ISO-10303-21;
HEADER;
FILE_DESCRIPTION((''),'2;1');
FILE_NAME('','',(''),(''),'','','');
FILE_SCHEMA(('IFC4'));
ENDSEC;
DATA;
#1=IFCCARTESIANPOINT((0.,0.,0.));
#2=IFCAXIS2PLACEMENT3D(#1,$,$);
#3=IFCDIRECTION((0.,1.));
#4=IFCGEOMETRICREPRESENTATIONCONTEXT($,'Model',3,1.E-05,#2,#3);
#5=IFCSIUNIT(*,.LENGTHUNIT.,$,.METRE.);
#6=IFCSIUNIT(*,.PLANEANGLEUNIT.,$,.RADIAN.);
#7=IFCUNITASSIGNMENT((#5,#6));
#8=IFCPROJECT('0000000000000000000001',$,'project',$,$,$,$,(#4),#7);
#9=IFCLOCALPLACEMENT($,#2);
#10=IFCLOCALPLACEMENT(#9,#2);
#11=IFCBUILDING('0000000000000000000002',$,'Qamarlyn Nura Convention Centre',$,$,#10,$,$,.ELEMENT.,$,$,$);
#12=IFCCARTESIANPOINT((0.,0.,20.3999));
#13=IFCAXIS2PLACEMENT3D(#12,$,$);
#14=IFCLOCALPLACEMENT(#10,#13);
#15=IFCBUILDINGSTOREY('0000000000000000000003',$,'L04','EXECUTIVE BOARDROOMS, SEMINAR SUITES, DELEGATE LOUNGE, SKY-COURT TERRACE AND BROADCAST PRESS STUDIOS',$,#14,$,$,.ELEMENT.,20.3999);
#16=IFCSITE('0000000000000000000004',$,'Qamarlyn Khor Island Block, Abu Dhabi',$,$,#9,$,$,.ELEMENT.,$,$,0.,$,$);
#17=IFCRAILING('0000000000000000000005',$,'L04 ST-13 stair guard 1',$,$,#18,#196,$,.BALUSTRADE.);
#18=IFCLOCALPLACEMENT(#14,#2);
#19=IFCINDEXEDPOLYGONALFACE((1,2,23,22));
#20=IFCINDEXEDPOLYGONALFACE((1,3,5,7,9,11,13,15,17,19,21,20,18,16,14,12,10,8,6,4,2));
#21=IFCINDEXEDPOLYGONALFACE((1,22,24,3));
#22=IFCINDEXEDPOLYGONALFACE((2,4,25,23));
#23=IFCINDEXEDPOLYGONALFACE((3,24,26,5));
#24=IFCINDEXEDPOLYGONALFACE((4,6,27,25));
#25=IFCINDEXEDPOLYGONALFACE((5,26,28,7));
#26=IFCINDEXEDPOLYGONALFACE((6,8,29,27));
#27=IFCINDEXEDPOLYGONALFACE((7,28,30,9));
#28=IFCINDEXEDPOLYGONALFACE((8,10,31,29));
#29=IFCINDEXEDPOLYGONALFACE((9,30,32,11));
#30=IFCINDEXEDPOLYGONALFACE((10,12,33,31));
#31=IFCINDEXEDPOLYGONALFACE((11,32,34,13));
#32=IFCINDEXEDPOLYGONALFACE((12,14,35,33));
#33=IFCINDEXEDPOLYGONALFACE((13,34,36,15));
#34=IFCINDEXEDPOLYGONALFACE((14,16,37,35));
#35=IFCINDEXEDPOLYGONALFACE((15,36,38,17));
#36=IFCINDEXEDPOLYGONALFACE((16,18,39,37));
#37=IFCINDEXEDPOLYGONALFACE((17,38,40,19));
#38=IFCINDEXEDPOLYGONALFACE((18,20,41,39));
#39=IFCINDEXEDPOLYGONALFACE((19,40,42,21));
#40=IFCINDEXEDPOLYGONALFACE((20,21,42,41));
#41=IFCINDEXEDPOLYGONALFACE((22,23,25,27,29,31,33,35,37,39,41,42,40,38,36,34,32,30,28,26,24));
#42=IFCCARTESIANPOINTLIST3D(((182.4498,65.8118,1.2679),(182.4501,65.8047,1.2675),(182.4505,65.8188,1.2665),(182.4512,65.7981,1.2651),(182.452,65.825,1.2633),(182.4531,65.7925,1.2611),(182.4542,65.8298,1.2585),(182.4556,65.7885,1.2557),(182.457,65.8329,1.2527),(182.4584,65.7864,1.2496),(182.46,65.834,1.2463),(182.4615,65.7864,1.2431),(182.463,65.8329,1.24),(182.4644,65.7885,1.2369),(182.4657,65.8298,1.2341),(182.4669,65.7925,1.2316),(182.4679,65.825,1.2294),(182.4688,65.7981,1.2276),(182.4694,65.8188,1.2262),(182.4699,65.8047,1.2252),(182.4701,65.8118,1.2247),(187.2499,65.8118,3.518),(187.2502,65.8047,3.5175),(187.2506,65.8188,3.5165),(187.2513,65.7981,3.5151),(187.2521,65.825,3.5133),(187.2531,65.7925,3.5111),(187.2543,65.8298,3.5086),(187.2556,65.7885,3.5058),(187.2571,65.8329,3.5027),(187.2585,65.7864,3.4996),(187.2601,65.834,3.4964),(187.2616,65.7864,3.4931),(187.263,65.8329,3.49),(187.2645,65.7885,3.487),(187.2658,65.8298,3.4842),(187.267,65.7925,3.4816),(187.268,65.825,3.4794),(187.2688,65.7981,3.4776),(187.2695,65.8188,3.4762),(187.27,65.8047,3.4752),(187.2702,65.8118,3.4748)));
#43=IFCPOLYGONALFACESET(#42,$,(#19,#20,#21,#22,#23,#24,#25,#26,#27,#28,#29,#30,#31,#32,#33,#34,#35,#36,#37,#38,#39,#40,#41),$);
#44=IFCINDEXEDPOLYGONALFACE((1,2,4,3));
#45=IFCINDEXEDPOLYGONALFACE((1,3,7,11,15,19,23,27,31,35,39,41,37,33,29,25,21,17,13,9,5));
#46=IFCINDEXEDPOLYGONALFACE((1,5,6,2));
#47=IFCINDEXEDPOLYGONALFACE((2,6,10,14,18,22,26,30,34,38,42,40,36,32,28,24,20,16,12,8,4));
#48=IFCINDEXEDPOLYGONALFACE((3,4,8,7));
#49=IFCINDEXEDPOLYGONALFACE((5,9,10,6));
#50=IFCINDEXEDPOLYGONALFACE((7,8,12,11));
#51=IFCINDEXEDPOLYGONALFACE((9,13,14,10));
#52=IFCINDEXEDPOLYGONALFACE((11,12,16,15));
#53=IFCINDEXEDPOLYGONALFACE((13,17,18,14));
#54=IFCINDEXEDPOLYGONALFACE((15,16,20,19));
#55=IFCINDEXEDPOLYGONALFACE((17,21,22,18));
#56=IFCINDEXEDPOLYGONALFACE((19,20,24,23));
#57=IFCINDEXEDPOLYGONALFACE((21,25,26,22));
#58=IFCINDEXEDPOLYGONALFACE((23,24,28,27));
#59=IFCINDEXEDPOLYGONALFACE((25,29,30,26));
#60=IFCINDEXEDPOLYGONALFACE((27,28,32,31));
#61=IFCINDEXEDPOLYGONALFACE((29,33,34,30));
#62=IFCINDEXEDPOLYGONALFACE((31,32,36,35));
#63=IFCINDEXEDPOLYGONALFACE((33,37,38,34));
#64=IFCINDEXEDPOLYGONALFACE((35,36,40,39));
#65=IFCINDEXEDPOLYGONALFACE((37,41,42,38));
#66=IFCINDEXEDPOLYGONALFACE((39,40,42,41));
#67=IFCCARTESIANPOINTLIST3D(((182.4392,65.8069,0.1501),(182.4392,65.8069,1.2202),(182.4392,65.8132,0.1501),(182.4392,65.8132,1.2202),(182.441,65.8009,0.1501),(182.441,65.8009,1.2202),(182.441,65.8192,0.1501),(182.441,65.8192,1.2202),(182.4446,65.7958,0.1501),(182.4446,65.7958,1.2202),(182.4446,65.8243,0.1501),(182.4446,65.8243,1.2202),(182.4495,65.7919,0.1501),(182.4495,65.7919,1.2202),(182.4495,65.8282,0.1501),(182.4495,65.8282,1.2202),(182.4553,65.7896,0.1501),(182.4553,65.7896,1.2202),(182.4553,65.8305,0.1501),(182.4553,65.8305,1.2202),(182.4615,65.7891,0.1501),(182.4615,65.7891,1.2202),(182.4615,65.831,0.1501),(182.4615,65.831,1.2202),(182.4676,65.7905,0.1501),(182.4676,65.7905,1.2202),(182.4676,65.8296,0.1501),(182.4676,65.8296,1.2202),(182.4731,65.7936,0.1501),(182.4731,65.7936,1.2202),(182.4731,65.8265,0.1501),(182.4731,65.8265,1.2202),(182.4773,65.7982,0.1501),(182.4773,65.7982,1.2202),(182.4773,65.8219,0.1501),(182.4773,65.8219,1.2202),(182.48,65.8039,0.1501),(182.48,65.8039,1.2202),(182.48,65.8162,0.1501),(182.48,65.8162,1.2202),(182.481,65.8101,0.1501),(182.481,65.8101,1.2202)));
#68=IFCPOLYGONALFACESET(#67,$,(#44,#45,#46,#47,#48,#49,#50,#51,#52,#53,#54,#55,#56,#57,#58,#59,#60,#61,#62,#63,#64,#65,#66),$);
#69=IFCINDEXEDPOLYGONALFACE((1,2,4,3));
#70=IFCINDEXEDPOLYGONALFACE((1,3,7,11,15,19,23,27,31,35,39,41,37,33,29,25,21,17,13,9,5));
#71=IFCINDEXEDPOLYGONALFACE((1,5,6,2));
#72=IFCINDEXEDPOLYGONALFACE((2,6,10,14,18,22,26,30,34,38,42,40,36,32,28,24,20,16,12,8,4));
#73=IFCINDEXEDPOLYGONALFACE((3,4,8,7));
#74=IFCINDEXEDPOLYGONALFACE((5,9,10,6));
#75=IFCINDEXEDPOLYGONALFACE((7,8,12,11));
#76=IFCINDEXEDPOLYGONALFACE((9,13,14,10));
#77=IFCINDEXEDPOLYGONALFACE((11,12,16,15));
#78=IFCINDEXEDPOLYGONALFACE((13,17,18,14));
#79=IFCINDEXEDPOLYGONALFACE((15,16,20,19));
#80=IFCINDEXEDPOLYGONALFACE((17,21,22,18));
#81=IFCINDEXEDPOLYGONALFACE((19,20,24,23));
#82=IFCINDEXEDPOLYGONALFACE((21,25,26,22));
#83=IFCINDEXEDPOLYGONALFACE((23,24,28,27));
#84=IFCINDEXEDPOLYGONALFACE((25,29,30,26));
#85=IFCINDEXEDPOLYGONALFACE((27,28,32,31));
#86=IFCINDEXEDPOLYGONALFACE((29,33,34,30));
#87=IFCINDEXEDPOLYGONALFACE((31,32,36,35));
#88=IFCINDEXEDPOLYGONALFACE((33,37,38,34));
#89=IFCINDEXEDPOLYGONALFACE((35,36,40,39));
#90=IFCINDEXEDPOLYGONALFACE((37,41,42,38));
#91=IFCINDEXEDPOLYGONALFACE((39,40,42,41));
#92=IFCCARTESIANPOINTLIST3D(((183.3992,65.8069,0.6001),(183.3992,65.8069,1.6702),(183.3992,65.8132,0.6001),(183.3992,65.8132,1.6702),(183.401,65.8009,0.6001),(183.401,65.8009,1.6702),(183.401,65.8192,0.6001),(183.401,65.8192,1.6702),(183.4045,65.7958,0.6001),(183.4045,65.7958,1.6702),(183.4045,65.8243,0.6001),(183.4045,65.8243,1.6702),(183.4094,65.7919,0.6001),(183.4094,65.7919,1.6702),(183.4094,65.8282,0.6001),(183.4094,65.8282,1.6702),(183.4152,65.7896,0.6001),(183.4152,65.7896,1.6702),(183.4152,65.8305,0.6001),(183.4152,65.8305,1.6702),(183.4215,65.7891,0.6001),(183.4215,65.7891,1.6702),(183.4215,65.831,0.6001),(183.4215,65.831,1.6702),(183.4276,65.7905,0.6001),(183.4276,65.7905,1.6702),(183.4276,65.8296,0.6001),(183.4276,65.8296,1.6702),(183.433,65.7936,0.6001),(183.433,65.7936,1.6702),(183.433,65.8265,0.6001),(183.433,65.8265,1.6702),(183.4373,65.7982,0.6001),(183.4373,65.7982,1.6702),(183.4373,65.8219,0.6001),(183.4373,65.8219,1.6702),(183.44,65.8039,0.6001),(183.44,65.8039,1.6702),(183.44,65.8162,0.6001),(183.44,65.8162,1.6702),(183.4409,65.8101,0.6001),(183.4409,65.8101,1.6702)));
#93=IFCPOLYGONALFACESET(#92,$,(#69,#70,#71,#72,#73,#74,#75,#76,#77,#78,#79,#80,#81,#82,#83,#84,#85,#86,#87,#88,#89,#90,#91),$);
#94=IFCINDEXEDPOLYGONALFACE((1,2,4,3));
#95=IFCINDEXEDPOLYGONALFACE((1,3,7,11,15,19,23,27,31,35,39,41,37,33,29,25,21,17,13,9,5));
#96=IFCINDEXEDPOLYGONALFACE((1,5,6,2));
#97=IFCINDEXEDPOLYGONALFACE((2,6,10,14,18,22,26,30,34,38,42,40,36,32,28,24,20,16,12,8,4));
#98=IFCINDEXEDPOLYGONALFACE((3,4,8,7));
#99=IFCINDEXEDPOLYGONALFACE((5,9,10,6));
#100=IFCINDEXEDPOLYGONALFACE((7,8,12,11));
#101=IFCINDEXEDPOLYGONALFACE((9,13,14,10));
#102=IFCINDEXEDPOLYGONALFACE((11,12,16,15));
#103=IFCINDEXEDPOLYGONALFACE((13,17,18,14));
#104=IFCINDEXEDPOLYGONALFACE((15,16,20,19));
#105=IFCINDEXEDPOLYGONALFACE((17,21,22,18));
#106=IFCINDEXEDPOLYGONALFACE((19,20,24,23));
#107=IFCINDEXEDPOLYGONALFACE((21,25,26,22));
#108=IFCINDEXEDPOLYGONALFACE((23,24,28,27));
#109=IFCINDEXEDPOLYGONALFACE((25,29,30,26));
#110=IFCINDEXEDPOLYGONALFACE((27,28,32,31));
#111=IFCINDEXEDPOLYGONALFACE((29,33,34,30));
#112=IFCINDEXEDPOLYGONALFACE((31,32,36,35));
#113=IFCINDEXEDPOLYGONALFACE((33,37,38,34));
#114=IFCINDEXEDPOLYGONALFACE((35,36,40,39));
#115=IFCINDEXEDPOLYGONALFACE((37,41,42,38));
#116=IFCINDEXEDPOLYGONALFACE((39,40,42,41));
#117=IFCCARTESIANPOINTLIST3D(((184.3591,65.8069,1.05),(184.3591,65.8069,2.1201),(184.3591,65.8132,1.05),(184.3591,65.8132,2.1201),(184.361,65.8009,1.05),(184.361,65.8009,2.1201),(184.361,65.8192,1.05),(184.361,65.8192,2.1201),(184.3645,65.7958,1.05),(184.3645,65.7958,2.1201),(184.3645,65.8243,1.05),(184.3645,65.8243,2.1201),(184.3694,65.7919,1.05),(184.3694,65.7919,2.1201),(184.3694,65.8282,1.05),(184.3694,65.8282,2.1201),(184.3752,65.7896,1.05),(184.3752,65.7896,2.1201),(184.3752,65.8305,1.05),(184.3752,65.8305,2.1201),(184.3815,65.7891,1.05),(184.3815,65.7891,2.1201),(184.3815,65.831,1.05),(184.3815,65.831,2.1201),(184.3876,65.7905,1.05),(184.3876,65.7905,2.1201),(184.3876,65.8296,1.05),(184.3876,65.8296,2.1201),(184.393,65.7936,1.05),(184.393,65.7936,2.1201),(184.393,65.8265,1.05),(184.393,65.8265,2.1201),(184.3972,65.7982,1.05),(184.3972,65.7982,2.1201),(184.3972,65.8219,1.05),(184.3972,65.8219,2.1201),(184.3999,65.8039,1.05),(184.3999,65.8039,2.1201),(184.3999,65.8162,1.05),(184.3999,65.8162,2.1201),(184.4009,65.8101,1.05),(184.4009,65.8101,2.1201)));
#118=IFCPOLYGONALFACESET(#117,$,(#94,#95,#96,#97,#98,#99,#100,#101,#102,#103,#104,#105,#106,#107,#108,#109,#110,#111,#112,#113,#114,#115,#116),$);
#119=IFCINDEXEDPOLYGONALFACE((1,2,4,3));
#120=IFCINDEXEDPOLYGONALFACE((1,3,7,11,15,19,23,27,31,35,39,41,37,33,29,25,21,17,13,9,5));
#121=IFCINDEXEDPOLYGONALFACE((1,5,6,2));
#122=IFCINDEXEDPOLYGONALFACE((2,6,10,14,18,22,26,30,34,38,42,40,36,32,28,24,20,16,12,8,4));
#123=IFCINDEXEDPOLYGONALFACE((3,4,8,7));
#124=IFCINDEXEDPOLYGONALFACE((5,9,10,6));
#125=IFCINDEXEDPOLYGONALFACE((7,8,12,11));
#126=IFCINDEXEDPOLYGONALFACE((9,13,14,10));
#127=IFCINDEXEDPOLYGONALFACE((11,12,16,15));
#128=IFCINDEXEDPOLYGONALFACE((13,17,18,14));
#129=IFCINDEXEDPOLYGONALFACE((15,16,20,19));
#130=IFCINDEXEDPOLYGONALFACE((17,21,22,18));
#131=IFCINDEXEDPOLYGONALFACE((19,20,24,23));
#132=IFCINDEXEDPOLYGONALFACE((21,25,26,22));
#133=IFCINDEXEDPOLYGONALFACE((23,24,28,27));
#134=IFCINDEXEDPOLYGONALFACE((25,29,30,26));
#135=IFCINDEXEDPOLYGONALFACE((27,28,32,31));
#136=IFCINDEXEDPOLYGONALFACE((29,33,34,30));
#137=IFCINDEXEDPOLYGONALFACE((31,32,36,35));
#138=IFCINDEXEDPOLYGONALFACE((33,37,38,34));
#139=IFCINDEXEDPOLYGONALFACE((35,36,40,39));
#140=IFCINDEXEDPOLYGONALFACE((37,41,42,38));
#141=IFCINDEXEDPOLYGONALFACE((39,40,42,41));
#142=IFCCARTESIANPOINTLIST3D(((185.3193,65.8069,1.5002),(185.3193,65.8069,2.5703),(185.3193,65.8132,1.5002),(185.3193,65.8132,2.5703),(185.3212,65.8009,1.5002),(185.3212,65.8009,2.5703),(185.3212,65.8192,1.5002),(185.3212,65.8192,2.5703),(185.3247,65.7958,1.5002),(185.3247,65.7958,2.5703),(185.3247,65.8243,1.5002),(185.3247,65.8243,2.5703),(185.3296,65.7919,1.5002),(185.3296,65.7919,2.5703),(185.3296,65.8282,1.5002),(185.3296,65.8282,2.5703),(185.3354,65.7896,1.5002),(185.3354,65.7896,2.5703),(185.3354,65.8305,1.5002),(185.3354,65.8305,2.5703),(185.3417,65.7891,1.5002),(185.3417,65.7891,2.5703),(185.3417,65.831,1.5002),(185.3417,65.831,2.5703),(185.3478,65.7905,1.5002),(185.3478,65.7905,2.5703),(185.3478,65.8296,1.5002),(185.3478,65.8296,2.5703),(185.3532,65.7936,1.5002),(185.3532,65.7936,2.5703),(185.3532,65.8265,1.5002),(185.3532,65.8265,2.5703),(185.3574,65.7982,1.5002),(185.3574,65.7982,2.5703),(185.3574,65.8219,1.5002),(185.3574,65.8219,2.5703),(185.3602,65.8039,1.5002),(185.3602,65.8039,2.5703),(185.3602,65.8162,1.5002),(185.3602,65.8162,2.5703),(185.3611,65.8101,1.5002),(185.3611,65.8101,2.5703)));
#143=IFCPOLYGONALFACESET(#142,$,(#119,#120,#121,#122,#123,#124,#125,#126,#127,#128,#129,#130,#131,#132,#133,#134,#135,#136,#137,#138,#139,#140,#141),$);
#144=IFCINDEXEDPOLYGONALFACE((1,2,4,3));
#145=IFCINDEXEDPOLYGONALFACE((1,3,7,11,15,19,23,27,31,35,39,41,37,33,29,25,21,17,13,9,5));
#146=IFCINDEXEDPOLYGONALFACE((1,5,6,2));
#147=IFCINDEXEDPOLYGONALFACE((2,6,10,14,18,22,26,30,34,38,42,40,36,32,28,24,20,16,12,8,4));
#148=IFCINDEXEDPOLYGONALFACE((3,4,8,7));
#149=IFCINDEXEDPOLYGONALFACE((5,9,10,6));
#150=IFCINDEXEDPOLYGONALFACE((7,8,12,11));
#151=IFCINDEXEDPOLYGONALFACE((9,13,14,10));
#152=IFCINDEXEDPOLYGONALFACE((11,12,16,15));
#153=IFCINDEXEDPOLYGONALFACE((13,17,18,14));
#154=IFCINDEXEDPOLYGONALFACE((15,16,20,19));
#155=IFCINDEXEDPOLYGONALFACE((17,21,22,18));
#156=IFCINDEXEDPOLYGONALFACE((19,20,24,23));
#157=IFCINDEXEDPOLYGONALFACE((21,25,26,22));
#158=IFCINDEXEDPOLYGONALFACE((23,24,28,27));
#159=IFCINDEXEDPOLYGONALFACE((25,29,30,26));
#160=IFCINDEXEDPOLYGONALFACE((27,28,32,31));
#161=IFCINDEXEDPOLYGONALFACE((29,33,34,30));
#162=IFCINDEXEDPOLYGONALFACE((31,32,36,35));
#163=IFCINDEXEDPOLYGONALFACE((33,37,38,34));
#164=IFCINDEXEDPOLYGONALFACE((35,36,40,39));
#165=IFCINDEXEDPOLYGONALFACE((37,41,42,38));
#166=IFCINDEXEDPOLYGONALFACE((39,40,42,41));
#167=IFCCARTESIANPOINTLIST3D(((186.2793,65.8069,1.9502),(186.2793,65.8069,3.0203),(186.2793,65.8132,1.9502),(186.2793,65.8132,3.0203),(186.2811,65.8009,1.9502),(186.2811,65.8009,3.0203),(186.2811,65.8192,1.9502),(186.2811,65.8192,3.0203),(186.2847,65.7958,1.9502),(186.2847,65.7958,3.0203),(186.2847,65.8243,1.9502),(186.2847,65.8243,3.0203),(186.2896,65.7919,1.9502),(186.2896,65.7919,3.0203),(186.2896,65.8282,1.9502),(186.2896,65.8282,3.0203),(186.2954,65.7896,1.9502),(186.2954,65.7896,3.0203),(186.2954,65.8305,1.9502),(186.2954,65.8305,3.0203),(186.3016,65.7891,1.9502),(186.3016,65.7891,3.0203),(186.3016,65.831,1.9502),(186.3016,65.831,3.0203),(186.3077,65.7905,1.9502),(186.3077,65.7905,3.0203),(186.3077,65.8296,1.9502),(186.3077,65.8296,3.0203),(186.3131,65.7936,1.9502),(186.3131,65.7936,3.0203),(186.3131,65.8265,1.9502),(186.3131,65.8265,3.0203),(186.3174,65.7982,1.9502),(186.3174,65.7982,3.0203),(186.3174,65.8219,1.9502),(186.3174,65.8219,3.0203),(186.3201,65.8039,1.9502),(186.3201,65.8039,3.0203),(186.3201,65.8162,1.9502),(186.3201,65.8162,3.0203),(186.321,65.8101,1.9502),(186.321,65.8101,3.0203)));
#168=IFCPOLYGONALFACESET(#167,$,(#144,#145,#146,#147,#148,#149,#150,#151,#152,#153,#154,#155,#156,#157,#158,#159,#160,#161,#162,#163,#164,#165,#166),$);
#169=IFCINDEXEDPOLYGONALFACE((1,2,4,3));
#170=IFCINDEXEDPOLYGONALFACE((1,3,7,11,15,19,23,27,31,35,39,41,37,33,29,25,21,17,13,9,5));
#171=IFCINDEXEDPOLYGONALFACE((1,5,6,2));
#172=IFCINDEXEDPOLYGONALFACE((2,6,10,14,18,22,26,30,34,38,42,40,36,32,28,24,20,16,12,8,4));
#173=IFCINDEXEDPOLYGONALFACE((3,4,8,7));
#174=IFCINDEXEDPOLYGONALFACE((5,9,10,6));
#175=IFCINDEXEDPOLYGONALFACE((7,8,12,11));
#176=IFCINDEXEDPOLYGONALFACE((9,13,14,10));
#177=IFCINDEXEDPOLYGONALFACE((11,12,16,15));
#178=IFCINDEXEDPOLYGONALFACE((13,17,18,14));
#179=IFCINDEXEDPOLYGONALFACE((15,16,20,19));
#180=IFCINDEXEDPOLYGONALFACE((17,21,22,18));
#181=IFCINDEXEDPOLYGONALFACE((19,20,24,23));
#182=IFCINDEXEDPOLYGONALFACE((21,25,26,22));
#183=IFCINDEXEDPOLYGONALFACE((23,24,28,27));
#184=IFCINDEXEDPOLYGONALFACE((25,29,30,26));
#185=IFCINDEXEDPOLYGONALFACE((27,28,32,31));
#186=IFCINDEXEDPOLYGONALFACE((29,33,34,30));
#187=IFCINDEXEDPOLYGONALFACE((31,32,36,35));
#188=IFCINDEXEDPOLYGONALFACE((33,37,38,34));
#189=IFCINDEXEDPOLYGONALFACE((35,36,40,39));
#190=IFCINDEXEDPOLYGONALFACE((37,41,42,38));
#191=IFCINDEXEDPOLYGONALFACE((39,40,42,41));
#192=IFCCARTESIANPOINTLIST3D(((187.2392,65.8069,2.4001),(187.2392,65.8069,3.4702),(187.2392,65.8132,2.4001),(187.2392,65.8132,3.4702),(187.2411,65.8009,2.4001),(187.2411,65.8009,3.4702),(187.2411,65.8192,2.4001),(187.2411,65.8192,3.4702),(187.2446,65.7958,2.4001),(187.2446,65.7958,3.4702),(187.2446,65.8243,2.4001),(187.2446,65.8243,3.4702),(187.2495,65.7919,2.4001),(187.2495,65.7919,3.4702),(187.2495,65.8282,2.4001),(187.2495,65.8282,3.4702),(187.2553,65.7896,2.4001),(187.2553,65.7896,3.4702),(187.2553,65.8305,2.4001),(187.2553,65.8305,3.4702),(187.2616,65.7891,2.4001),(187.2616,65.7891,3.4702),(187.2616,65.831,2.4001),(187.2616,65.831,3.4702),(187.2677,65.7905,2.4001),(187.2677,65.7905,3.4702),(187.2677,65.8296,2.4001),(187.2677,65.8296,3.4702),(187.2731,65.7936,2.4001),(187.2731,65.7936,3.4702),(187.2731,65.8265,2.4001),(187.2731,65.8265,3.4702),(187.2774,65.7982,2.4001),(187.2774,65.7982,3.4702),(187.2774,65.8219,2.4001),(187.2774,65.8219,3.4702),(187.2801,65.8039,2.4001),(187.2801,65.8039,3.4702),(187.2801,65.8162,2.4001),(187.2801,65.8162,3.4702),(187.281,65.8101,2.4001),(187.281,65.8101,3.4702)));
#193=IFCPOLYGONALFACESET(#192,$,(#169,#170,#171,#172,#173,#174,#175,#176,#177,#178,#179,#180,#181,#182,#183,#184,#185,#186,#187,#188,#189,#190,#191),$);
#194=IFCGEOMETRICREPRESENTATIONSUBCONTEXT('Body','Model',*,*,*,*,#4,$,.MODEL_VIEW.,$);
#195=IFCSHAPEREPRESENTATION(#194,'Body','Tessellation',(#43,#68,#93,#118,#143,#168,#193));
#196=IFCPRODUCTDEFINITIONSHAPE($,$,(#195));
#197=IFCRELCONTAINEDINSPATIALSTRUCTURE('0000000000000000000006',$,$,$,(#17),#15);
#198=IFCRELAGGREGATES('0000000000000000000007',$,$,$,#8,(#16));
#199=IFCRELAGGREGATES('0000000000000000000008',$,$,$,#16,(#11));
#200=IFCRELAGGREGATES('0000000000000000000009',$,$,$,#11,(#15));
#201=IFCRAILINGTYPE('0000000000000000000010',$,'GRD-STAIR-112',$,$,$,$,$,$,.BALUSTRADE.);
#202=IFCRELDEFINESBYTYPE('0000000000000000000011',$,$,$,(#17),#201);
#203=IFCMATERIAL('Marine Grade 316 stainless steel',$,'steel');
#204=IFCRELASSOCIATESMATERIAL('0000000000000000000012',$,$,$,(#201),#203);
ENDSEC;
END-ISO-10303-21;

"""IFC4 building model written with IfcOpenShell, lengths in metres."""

from ifc_helpers import new_model, si_unit, direction, frame, origin, origin_2d, place, context, subcontext, project, spatial, circle, extrude, material, type_object, element, save


model = new_model("IFC4")

# Units and contexts
model_context = context("Model", 3, precision=1e-05, world=origin(), true_north=direction((0.0, 1.0)))
body_context = subcontext(model_context, "Body", "Model", "MODEL_VIEW")
ifc_project = project(units=[si_unit("LENGTHUNIT", "METRE"), si_unit("PLANEANGLEUNIT", "RADIAN")], contexts=[model_context])

# Site, building, storey
site_placement = place(None, origin())
site = spatial("IfcSite", under=ifc_project, at=site_placement, Name="Qamarlyn Khor Island Block, Abu Dhabi", CompositionType="ELEMENT", RefElevation=0.0)
building_placement = place(site_placement, origin())
building = spatial("IfcBuilding", under=site, at=building_placement, Name="Qamarlyn Nura Convention Centre", CompositionType="ELEMENT")
storey_placement = place(building_placement, frame((0.0, 0.0, 20.3999)))
storey = spatial("IfcBuildingStorey", under=building, at=storey_placement, Name="L04", Description="EXECUTIVE BOARDROOMS, SEMINAR SUITES, DELEGATE LOUNGE, SKY-COURT TERRACE AND BROADCAST PRESS STUDIOS", CompositionType="ELEMENT", Elevation=20.3999)

# Railing
ifc_material_1 = material(Name="Marine Grade 316 stainless steel", Category="steel")
railing_type_1 = type_object("IfcRailingType", Name="GRD-STAIR-112", PredefinedType="BALUSTRADE", material=ifc_material_1)
railing_1_placement = place(storey_placement, frame((182.46, 65.8101, 0.1501)))
element("IfcRailing", 1, at=railing_1_placement, inside=storey, type_object=railing_type_1, Name="L04 ST-13 stair guard 1", PredefinedType="BALUSTRADE", context=body_context, shape_type="SweptSolid", body=[
    extrude(circle(Radius=0.0239, at=origin_2d()), frame((0.0, 0.0, 1.0962), z_axis=(0.905461, 0.0, 0.42443), x_axis=(0.0, 1.0, 0.0)), (0.0, 0.0, 1.0), 5.3013),
    extrude(circle(Radius=0.021, at=origin_2d()), origin(), (0.0, 0.0, 1.0), 1.0701),
    extrude(circle(Radius=0.021, at=origin_2d()), frame((0.96, 0.0, 0.45)), (0.0, 0.0, 1.0), 1.0701),
    extrude(circle(Radius=0.021, at=origin_2d()), frame((1.9199, 0.0, 0.8999)), (0.0, 0.0, 1.0), 1.0701),
    extrude(circle(Radius=0.021, at=origin_2d()), frame((2.8801, 0.0, 1.3501)), (0.0, 0.0, 1.0), 1.0701),
    extrude(circle(Radius=0.021, at=origin_2d()), frame((3.8401, 0.0, 1.8)), (0.0, 0.0, 1.0), 1.0701),
    extrude(circle(Radius=0.021, at=origin_2d()), frame((4.8, 0.0, 2.25)), (0.0, 0.0, 1.0), 1.0701),
])

save(model, "model.ifc")
